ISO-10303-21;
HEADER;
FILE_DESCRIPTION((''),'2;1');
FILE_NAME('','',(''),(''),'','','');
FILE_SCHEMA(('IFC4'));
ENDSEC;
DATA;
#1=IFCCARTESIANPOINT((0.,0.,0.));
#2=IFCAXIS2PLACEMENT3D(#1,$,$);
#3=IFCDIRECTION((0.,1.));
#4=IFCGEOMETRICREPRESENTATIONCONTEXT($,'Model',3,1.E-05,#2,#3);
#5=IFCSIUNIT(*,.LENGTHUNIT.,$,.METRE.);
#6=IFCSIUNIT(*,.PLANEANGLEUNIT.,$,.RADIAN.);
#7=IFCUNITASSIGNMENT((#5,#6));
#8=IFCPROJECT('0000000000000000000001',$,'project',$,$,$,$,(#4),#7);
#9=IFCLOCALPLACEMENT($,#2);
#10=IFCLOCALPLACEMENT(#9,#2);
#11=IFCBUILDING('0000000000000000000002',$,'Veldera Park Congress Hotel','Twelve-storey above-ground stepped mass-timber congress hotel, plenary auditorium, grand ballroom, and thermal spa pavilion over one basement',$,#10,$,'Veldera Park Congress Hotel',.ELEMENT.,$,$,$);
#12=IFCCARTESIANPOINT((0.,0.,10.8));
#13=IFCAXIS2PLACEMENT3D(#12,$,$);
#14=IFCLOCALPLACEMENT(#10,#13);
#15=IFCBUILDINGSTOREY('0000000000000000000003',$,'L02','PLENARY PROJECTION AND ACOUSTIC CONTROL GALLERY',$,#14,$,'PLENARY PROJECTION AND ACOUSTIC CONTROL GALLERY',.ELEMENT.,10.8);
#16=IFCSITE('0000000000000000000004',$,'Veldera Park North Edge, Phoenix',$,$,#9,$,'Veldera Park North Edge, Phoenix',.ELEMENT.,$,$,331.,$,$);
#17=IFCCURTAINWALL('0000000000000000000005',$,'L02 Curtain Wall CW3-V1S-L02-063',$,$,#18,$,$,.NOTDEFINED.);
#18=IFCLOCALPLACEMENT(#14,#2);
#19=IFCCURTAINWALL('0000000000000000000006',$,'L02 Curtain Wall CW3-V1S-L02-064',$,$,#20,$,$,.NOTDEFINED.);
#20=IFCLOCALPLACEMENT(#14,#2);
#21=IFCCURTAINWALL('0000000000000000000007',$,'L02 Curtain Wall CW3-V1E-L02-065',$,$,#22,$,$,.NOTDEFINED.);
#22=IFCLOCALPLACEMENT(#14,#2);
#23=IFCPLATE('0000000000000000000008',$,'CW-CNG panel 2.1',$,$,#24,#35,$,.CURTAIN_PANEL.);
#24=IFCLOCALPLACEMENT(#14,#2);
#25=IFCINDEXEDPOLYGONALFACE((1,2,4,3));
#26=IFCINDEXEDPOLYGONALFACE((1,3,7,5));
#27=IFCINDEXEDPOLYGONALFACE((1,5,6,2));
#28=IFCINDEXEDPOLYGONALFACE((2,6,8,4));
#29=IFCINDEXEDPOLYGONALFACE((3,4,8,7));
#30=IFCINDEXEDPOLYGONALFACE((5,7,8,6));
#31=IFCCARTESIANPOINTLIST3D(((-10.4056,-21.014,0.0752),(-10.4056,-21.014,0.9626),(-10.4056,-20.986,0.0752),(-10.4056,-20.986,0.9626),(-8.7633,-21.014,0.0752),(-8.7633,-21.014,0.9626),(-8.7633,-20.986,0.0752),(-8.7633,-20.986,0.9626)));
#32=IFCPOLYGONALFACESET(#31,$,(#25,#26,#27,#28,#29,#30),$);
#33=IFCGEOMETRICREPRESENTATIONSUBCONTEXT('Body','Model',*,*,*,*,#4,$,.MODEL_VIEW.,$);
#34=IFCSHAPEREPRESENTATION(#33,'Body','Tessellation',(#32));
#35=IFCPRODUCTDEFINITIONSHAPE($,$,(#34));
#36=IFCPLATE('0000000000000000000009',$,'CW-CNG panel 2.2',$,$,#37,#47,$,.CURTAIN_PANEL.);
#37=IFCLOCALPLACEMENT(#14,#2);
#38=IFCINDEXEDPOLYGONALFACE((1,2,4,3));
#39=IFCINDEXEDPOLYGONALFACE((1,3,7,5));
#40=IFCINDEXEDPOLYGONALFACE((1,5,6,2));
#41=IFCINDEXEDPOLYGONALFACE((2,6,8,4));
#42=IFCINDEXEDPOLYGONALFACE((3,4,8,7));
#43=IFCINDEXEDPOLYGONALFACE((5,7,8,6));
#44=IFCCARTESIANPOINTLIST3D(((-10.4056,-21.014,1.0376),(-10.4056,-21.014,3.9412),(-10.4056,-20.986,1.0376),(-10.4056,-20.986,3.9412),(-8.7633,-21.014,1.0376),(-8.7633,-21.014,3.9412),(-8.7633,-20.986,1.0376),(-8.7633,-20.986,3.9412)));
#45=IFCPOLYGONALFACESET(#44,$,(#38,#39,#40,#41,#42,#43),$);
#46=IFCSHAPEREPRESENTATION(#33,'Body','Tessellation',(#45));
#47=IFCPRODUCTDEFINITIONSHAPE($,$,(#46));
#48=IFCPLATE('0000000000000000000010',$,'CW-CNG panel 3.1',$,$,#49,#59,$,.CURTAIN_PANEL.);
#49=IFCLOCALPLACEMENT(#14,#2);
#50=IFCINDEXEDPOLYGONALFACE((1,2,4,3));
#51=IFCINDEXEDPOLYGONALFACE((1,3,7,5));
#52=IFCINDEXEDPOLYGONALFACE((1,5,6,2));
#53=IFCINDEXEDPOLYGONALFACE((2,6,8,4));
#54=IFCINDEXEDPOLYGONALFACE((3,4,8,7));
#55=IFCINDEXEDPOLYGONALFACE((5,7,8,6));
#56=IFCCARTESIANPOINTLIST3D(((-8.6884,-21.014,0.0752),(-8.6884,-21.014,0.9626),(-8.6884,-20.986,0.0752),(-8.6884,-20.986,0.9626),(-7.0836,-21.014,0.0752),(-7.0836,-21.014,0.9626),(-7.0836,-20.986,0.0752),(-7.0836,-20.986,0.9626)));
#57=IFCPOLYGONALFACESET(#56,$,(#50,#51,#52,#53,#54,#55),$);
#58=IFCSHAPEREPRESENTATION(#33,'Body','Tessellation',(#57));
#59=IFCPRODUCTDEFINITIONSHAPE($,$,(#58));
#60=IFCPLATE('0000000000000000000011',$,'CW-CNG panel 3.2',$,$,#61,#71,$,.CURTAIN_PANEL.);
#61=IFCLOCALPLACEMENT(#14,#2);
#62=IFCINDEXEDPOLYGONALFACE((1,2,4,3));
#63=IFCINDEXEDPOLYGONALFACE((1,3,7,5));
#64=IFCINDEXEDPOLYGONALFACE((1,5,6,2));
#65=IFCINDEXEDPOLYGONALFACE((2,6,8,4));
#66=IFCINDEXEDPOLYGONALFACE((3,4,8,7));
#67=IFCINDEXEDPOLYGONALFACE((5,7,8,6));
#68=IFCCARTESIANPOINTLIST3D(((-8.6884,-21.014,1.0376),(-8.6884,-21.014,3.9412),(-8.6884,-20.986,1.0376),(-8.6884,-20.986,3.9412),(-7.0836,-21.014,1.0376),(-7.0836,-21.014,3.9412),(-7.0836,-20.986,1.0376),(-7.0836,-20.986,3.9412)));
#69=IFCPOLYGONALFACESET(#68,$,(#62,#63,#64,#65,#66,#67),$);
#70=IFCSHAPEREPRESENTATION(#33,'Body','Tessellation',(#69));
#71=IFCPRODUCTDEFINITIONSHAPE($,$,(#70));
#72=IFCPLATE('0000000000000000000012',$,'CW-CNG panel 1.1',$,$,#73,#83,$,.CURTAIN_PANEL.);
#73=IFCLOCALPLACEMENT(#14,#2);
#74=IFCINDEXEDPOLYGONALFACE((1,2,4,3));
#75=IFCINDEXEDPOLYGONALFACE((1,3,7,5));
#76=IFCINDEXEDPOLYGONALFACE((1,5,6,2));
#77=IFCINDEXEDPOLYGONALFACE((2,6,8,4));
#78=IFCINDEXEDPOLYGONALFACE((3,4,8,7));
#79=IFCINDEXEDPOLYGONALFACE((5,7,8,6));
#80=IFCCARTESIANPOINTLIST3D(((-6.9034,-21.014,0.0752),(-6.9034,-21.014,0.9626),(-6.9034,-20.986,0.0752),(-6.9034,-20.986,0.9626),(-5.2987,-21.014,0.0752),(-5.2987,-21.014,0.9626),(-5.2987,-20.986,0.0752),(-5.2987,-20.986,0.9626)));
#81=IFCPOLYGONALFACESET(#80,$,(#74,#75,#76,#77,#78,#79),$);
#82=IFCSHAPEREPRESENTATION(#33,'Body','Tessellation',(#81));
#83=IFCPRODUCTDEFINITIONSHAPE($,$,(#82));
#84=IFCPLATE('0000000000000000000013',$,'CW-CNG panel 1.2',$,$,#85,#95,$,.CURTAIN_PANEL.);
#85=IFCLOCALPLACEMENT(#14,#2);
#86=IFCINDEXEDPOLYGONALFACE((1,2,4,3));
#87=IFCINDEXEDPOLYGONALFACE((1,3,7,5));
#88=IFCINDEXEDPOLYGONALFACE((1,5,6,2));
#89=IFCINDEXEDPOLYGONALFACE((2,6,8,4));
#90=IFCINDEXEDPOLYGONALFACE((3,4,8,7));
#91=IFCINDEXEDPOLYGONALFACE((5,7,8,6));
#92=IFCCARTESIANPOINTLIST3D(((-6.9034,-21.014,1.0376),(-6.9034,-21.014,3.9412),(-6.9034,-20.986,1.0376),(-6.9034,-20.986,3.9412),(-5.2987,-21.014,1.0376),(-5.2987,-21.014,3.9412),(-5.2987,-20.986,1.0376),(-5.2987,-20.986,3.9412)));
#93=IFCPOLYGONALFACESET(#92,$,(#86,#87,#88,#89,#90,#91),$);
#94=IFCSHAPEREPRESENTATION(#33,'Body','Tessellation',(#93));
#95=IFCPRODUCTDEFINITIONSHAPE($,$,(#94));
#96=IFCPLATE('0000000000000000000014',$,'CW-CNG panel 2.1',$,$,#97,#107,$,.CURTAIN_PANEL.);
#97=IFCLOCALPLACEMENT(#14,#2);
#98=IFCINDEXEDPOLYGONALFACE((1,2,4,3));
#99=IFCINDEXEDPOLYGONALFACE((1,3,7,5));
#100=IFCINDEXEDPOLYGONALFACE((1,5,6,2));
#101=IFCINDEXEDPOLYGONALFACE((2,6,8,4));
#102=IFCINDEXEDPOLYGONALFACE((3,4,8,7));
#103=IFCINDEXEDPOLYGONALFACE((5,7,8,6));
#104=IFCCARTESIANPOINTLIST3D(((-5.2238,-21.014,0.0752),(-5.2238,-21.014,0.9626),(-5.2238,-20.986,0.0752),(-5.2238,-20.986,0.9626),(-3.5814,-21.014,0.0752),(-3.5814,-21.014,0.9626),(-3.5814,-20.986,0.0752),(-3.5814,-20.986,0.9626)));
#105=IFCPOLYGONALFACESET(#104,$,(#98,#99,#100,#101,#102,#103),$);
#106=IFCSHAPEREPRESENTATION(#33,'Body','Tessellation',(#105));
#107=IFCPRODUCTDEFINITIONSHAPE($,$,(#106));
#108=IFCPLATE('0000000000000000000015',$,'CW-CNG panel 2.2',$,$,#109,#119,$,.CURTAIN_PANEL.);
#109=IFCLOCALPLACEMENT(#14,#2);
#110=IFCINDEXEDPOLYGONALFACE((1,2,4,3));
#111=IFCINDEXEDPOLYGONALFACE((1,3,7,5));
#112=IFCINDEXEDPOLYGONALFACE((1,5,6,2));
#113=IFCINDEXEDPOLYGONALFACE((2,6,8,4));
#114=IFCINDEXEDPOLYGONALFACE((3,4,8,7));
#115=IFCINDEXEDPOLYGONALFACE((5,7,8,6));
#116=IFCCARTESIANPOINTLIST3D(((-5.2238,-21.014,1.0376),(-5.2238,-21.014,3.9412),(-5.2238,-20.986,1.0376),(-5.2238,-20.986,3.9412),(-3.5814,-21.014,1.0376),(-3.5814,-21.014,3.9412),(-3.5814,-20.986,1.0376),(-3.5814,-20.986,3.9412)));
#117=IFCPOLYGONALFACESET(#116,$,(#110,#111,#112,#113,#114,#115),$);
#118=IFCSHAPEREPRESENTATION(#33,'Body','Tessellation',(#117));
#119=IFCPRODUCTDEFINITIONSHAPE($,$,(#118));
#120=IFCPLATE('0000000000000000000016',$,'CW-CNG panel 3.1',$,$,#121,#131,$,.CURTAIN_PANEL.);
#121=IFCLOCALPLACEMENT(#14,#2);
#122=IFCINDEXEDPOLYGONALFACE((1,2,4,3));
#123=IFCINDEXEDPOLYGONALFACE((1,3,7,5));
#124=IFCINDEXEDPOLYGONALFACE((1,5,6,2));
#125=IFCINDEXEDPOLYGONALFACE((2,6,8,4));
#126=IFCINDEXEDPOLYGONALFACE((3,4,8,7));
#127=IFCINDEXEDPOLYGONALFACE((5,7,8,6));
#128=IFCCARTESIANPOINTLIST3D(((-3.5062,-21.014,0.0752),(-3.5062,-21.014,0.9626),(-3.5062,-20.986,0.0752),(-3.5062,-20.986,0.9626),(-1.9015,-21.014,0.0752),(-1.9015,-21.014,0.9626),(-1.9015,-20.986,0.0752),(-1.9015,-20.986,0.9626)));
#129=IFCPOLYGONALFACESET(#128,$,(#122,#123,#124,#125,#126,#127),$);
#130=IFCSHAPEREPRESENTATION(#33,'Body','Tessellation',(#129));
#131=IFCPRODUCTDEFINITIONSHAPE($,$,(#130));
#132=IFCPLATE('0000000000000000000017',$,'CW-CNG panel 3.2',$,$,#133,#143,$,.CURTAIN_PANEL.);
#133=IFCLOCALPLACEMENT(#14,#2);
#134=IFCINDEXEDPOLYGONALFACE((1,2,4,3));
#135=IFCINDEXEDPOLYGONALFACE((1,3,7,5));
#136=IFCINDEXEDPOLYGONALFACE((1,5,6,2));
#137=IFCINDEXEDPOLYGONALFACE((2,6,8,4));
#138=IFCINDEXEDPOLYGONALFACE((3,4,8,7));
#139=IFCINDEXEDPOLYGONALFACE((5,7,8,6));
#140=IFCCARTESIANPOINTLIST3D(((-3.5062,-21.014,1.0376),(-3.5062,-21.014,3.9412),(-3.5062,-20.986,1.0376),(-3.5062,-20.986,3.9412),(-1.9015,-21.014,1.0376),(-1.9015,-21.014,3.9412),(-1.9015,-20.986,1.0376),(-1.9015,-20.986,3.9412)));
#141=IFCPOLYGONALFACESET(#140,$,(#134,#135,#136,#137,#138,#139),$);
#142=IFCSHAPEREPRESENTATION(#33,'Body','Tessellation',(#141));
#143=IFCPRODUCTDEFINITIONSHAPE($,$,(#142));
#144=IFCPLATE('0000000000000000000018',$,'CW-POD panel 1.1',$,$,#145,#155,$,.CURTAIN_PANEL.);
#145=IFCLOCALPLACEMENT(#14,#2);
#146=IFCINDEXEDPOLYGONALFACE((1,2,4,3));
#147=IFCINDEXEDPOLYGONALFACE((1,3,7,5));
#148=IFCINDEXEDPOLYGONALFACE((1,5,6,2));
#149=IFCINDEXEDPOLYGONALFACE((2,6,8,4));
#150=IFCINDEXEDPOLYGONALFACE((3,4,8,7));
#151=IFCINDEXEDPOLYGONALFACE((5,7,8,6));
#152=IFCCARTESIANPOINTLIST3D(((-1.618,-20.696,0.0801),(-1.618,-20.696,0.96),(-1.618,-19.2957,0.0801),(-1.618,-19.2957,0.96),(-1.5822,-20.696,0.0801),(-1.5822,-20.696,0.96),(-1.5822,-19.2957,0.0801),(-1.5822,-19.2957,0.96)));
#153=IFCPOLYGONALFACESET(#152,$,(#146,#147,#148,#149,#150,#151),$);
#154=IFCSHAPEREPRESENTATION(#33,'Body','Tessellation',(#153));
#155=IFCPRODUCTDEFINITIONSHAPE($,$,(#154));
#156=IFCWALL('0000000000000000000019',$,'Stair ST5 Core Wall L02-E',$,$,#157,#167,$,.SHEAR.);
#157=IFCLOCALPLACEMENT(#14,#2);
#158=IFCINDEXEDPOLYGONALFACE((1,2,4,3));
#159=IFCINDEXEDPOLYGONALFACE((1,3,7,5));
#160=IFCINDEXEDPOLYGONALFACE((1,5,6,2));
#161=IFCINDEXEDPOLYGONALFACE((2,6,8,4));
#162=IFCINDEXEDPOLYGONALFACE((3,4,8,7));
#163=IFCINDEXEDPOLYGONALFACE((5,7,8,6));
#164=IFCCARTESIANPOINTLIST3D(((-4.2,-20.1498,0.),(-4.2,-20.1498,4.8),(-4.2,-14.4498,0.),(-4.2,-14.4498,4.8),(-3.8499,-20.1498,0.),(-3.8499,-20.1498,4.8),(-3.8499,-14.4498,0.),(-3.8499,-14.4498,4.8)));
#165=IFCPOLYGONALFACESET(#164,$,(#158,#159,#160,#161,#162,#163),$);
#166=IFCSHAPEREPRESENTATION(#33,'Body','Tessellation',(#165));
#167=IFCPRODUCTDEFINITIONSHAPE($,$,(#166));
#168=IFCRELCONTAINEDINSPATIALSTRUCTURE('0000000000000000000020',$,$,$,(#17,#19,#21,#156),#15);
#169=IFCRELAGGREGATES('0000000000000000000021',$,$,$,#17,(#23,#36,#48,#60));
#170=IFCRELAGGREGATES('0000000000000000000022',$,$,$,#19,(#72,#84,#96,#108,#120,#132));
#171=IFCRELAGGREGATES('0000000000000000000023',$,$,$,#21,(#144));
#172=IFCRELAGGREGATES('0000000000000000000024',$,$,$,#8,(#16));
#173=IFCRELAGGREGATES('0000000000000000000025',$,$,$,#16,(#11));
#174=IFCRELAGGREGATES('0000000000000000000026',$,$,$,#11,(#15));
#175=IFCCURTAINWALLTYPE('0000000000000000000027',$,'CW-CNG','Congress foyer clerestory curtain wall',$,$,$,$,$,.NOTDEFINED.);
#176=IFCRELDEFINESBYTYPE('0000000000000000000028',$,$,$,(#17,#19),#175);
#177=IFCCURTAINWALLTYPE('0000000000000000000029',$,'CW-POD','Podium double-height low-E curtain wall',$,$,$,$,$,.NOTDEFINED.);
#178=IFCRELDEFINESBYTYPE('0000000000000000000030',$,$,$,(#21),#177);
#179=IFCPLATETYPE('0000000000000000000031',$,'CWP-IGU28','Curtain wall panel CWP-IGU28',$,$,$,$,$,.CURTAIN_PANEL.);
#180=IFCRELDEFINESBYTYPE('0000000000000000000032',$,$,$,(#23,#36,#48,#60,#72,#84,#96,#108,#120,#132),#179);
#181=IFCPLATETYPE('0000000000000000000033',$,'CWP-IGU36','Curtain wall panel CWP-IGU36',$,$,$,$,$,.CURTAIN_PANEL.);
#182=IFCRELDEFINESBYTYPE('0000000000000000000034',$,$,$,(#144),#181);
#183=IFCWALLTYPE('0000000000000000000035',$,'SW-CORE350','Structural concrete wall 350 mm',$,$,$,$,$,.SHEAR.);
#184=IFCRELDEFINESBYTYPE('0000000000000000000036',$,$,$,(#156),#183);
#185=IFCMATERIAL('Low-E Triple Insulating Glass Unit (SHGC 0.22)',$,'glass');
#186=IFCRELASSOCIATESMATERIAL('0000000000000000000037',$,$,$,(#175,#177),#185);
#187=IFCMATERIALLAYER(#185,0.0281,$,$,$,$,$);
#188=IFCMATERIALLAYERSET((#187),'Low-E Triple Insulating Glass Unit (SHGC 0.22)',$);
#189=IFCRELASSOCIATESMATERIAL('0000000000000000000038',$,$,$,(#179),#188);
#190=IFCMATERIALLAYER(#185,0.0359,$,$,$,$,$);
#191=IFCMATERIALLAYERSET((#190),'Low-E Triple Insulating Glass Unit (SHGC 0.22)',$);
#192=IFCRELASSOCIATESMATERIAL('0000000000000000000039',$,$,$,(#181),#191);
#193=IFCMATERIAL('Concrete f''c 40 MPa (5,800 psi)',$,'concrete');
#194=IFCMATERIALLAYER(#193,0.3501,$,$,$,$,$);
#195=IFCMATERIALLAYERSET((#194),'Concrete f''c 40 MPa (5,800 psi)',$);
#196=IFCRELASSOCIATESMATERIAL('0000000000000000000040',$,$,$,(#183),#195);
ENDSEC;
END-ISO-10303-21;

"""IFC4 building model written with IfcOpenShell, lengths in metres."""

from ifc_helpers import new_model, si_unit, direction, frame, frame_2d, origin, origin_2d, place, context, subcontext, project, spatial, rectangle, extrude, material, layer, layer_set, type_object, element, aggregate, save


model = new_model("IFC4")

# Units and contexts
model_context = context("Model", 3, precision=1e-05, world=origin(), true_north=direction((0.0, 1.0)))
body_context = subcontext(model_context, "Body", "Model", "MODEL_VIEW")
ifc_project = project(units=[si_unit("LENGTHUNIT", "METRE"), si_unit("PLANEANGLEUNIT", "RADIAN")], contexts=[model_context])

# Site, building, storey
site_placement = place(None, origin())
site = spatial("IfcSite", under=ifc_project, at=site_placement, Name="Veldera Park North Edge, Phoenix", LongName="Veldera Park North Edge, Phoenix", CompositionType="ELEMENT", RefElevation=331.0)
building_placement = place(site_placement, origin())
building = spatial("IfcBuilding", under=site, at=building_placement, Name="Veldera Park Congress Hotel", Description="Twelve-storey above-ground stepped mass-timber congress hotel, plenary auditorium, grand ballroom, and thermal spa pavilion over one basement", LongName="Veldera Park Congress Hotel", CompositionType="ELEMENT")
storey_placement = place(building_placement, frame((0.0, 0.0, 10.8)))
storey = spatial("IfcBuildingStorey", under=building, at=storey_placement, Name="L02", Description="PLENARY PROJECTION AND ACOUSTIC CONTROL GALLERY", LongName="PLENARY PROJECTION AND ACOUSTIC CONTROL GALLERY", CompositionType="ELEMENT", Elevation=10.8)

# Curtain walls
ifc_material_1 = material(Name="Low-E Triple Insulating Glass Unit (SHGC 0.22)", Category="glass")
curtain_wall_type_1 = type_object("IfcCurtainWallType", Name="CW-CNG", Description="Congress foyer clerestory curtain wall", PredefinedType="NOTDEFINED", material=ifc_material_1)
curtain_wall_1_placement = place(storey_placement, origin())
curtain_wall_1 = element("IfcCurtainWall", 1, at=curtain_wall_1_placement, inside=storey, type_object=curtain_wall_type_1, Name="L02 Curtain Wall CW3-V1S-L02-063", PredefinedType="NOTDEFINED")
curtain_wall_2_placement = place(storey_placement, origin())
curtain_wall_2 = element("IfcCurtainWall", 2, at=curtain_wall_2_placement, inside=storey, type_object=curtain_wall_type_1, Name="L02 Curtain Wall CW3-V1S-L02-064", PredefinedType="NOTDEFINED")

# Curtain wall
curtain_wall_type_2 = type_object("IfcCurtainWallType", Name="CW-POD", Description="Podium double-height low-E curtain wall", PredefinedType="NOTDEFINED", material=ifc_material_1)
curtain_wall_3_placement = place(storey_placement, origin())
curtain_wall_3 = element("IfcCurtainWall", 3, at=curtain_wall_3_placement, inside=storey, type_object=curtain_wall_type_2, Name="L02 Curtain Wall CW3-V1E-L02-065", PredefinedType="NOTDEFINED")

# Plates
ifc_layer_1 = layer(ifc_material_1, 0.0281)
ifc_layer_set_1 = layer_set([ifc_layer_1], Name="Low-E Triple Insulating Glass Unit (SHGC 0.22)")
plate_type_1 = type_object("IfcPlateType", Name="CWP-IGU28", Description="Curtain wall panel CWP-IGU28", PredefinedType="CURTAIN_PANEL", material=ifc_layer_set_1)
plate_1_placement = place(storey_placement, frame((-9.5845, -21.0, 0.0752), z_axis=(0.0, 0.0, 1.0), x_axis=(1.0, 0.0, 0.0)))
plate_1 = element("IfcPlate", 4, at=plate_1_placement, type_object=plate_type_1, Name="CW-CNG panel 2.1", PredefinedType="CURTAIN_PANEL", context=body_context, shape_type="SweptSolid", body=[
    extrude(rectangle(XDim=1.6423, YDim=0.0281, at=origin_2d()), origin(), (0.0, 0.0, 1.0), 0.8875),
])
plate_2_placement = place(storey_placement, frame((-9.5845, -21.0, 1.0376), z_axis=(0.0, 0.0, 1.0), x_axis=(1.0, 0.0, 0.0)))
plate_2 = element("IfcPlate", 5, at=plate_2_placement, type_object=plate_type_1, Name="CW-CNG panel 2.2", PredefinedType="CURTAIN_PANEL", context=body_context, shape_type="SweptSolid", body=[
    extrude(rectangle(XDim=1.6423, YDim=0.0281, at=origin_2d()), origin(), (0.0, 0.0, 1.0), 2.9036),
])
plate_3_placement = place(storey_placement, frame((-7.886, -21.0, 0.0752), z_axis=(0.0, 0.0, 1.0), x_axis=(1.0, 0.0, 0.0)))
plate_3 = element("IfcPlate", 6, at=plate_3_placement, type_object=plate_type_1, Name="CW-CNG panel 3.1", PredefinedType="CURTAIN_PANEL", context=body_context, shape_type="SweptSolid", body=[
    extrude(rectangle(XDim=1.6047, YDim=0.0281, at=origin_2d()), origin(), (0.0, 0.0, 1.0), 0.8875),
])
plate_4_placement = place(storey_placement, frame((-7.886, -21.0, 1.0376), z_axis=(0.0, 0.0, 1.0), x_axis=(1.0, 0.0, 0.0)))
plate_4 = element("IfcPlate", 7, at=plate_4_placement, type_object=plate_type_1, Name="CW-CNG panel 3.2", PredefinedType="CURTAIN_PANEL", context=body_context, shape_type="SweptSolid", body=[
    extrude(rectangle(XDim=1.6047, YDim=0.0281, at=origin_2d()), origin(), (0.0, 0.0, 1.0), 2.9036),
])
aggregate(curtain_wall_1, [plate_1, plate_2, plate_3, plate_4])
plate_5_placement = place(storey_placement, frame((-6.1011, -21.0, 0.0752), z_axis=(0.0, 0.0, 1.0), x_axis=(1.0, 0.0, 0.0)))
plate_5 = element("IfcPlate", 8, at=plate_5_placement, type_object=plate_type_1, Name="CW-CNG panel 1.1", PredefinedType="CURTAIN_PANEL", context=body_context, shape_type="SweptSolid", body=[
    extrude(rectangle(XDim=1.6047, YDim=0.0281, at=origin_2d()), origin(), (0.0, 0.0, 1.0), 0.8875),
])
plate_6_placement = place(storey_placement, frame((-6.1011, -21.0, 1.0376), z_axis=(0.0, 0.0, 1.0), x_axis=(1.0, 0.0, 0.0)))
plate_6 = element("IfcPlate", 9, at=plate_6_placement, type_object=plate_type_1, Name="CW-CNG panel 1.2", PredefinedType="CURTAIN_PANEL", context=body_context, shape_type="SweptSolid", body=[
    extrude(rectangle(XDim=1.6047, YDim=0.0281, at=origin_2d()), origin(), (0.0, 0.0, 1.0), 2.9036),
])
plate_7_placement = place(storey_placement, frame((-4.4026, -21.0, 0.0752), z_axis=(0.0, 0.0, 1.0), x_axis=(1.0, 0.0, 0.0)))
plate_7 = element("IfcPlate", 10, at=plate_7_placement, type_object=plate_type_1, Name="CW-CNG panel 2.1", PredefinedType="CURTAIN_PANEL", context=body_context, shape_type="SweptSolid", body=[
    extrude(rectangle(XDim=1.6423, YDim=0.0281, at=origin_2d()), origin(), (0.0, 0.0, 1.0), 0.8875),
])
plate_8_placement = place(storey_placement, frame((-4.4026, -21.0, 1.0376), z_axis=(0.0, 0.0, 1.0), x_axis=(1.0, 0.0, 0.0)))
plate_8 = element("IfcPlate", 11, at=plate_8_placement, type_object=plate_type_1, Name="CW-CNG panel 2.2", PredefinedType="CURTAIN_PANEL", context=body_context, shape_type="SweptSolid", body=[
    extrude(rectangle(XDim=1.6423, YDim=0.0281, at=origin_2d()), origin(), (0.0, 0.0, 1.0), 2.9036),
])
plate_9_placement = place(storey_placement, frame((-2.7039, -21.0, 0.0752), z_axis=(0.0, 0.0, 1.0), x_axis=(1.0, 0.0, 0.0)))
plate_9 = element("IfcPlate", 12, at=plate_9_placement, type_object=plate_type_1, Name="CW-CNG panel 3.1", PredefinedType="CURTAIN_PANEL", context=body_context, shape_type="SweptSolid", body=[
    extrude(rectangle(XDim=1.6047, YDim=0.0281, at=origin_2d()), origin(), (0.0, 0.0, 1.0), 0.8875),
])
plate_10_placement = place(storey_placement, frame((-2.7039, -21.0, 1.0376), z_axis=(0.0, 0.0, 1.0), x_axis=(1.0, 0.0, 0.0)))
plate_10 = element("IfcPlate", 13, at=plate_10_placement, type_object=plate_type_1, Name="CW-CNG panel 3.2", PredefinedType="CURTAIN_PANEL", context=body_context, shape_type="SweptSolid", body=[
    extrude(rectangle(XDim=1.6047, YDim=0.0281, at=origin_2d()), origin(), (0.0, 0.0, 1.0), 2.9036),
])
aggregate(curtain_wall_2, [plate_5, plate_6, plate_7, plate_8, plate_9, plate_10])
ifc_layer_2 = layer(ifc_material_1, 0.0359)
ifc_layer_set_2 = layer_set([ifc_layer_2], Name="Low-E Triple Insulating Glass Unit (SHGC 0.22)")
plate_type_2 = type_object("IfcPlateType", Name="CWP-IGU36", Description="Curtain wall panel CWP-IGU36", PredefinedType="CURTAIN_PANEL", material=ifc_layer_set_2)
plate_11_placement = place(storey_placement, frame((-1.6001, -19.9958, 0.0801), z_axis=(0.0, 0.0, 1.0), x_axis=(0.0, 1.0, 0.0)))
plate_11 = element("IfcPlate", 14, at=plate_11_placement, type_object=plate_type_2, Name="CW-POD panel 1.1", PredefinedType="CURTAIN_PANEL", context=body_context, shape_type="SweptSolid", body=[
    extrude(rectangle(XDim=1.4004, YDim=0.0359, at=origin_2d()), origin(), (0.0, 0.0, 1.0), 0.8799),
])
aggregate(curtain_wall_3, [plate_11])

# Wall
ifc_material_2 = material(Name="Concrete f'c 40 MPa (5,800 psi)", Category="concrete")
ifc_layer_3 = layer(ifc_material_2, 0.3501)
ifc_layer_set_3 = layer_set([ifc_layer_3], Name="Concrete f'c 40 MPa (5,800 psi)")
wall_type = type_object("IfcWallType", Name="SW-CORE350", Description="Structural concrete wall 350 mm", PredefinedType="SHEAR", material=ifc_layer_set_3)
wall_placement = place(storey_placement, frame((-4.0249, -20.1499, 0.0), z_axis=(0.0, 0.0, 1.0), x_axis=(0.0, 1.0, 0.0)))
element("IfcWall", 15, at=wall_placement, inside=storey, type_object=wall_type, Name="Stair ST5 Core Wall L02-E", PredefinedType="SHEAR", context=body_context, shape_type="SweptSolid", body=[
    extrude(rectangle(XDim=5.7, YDim=0.3501, at=frame_2d((2.8501, 0.0))), origin(), (0.0, 0.0, 1.0), 4.8),
])

save(model, "model.ifc")
